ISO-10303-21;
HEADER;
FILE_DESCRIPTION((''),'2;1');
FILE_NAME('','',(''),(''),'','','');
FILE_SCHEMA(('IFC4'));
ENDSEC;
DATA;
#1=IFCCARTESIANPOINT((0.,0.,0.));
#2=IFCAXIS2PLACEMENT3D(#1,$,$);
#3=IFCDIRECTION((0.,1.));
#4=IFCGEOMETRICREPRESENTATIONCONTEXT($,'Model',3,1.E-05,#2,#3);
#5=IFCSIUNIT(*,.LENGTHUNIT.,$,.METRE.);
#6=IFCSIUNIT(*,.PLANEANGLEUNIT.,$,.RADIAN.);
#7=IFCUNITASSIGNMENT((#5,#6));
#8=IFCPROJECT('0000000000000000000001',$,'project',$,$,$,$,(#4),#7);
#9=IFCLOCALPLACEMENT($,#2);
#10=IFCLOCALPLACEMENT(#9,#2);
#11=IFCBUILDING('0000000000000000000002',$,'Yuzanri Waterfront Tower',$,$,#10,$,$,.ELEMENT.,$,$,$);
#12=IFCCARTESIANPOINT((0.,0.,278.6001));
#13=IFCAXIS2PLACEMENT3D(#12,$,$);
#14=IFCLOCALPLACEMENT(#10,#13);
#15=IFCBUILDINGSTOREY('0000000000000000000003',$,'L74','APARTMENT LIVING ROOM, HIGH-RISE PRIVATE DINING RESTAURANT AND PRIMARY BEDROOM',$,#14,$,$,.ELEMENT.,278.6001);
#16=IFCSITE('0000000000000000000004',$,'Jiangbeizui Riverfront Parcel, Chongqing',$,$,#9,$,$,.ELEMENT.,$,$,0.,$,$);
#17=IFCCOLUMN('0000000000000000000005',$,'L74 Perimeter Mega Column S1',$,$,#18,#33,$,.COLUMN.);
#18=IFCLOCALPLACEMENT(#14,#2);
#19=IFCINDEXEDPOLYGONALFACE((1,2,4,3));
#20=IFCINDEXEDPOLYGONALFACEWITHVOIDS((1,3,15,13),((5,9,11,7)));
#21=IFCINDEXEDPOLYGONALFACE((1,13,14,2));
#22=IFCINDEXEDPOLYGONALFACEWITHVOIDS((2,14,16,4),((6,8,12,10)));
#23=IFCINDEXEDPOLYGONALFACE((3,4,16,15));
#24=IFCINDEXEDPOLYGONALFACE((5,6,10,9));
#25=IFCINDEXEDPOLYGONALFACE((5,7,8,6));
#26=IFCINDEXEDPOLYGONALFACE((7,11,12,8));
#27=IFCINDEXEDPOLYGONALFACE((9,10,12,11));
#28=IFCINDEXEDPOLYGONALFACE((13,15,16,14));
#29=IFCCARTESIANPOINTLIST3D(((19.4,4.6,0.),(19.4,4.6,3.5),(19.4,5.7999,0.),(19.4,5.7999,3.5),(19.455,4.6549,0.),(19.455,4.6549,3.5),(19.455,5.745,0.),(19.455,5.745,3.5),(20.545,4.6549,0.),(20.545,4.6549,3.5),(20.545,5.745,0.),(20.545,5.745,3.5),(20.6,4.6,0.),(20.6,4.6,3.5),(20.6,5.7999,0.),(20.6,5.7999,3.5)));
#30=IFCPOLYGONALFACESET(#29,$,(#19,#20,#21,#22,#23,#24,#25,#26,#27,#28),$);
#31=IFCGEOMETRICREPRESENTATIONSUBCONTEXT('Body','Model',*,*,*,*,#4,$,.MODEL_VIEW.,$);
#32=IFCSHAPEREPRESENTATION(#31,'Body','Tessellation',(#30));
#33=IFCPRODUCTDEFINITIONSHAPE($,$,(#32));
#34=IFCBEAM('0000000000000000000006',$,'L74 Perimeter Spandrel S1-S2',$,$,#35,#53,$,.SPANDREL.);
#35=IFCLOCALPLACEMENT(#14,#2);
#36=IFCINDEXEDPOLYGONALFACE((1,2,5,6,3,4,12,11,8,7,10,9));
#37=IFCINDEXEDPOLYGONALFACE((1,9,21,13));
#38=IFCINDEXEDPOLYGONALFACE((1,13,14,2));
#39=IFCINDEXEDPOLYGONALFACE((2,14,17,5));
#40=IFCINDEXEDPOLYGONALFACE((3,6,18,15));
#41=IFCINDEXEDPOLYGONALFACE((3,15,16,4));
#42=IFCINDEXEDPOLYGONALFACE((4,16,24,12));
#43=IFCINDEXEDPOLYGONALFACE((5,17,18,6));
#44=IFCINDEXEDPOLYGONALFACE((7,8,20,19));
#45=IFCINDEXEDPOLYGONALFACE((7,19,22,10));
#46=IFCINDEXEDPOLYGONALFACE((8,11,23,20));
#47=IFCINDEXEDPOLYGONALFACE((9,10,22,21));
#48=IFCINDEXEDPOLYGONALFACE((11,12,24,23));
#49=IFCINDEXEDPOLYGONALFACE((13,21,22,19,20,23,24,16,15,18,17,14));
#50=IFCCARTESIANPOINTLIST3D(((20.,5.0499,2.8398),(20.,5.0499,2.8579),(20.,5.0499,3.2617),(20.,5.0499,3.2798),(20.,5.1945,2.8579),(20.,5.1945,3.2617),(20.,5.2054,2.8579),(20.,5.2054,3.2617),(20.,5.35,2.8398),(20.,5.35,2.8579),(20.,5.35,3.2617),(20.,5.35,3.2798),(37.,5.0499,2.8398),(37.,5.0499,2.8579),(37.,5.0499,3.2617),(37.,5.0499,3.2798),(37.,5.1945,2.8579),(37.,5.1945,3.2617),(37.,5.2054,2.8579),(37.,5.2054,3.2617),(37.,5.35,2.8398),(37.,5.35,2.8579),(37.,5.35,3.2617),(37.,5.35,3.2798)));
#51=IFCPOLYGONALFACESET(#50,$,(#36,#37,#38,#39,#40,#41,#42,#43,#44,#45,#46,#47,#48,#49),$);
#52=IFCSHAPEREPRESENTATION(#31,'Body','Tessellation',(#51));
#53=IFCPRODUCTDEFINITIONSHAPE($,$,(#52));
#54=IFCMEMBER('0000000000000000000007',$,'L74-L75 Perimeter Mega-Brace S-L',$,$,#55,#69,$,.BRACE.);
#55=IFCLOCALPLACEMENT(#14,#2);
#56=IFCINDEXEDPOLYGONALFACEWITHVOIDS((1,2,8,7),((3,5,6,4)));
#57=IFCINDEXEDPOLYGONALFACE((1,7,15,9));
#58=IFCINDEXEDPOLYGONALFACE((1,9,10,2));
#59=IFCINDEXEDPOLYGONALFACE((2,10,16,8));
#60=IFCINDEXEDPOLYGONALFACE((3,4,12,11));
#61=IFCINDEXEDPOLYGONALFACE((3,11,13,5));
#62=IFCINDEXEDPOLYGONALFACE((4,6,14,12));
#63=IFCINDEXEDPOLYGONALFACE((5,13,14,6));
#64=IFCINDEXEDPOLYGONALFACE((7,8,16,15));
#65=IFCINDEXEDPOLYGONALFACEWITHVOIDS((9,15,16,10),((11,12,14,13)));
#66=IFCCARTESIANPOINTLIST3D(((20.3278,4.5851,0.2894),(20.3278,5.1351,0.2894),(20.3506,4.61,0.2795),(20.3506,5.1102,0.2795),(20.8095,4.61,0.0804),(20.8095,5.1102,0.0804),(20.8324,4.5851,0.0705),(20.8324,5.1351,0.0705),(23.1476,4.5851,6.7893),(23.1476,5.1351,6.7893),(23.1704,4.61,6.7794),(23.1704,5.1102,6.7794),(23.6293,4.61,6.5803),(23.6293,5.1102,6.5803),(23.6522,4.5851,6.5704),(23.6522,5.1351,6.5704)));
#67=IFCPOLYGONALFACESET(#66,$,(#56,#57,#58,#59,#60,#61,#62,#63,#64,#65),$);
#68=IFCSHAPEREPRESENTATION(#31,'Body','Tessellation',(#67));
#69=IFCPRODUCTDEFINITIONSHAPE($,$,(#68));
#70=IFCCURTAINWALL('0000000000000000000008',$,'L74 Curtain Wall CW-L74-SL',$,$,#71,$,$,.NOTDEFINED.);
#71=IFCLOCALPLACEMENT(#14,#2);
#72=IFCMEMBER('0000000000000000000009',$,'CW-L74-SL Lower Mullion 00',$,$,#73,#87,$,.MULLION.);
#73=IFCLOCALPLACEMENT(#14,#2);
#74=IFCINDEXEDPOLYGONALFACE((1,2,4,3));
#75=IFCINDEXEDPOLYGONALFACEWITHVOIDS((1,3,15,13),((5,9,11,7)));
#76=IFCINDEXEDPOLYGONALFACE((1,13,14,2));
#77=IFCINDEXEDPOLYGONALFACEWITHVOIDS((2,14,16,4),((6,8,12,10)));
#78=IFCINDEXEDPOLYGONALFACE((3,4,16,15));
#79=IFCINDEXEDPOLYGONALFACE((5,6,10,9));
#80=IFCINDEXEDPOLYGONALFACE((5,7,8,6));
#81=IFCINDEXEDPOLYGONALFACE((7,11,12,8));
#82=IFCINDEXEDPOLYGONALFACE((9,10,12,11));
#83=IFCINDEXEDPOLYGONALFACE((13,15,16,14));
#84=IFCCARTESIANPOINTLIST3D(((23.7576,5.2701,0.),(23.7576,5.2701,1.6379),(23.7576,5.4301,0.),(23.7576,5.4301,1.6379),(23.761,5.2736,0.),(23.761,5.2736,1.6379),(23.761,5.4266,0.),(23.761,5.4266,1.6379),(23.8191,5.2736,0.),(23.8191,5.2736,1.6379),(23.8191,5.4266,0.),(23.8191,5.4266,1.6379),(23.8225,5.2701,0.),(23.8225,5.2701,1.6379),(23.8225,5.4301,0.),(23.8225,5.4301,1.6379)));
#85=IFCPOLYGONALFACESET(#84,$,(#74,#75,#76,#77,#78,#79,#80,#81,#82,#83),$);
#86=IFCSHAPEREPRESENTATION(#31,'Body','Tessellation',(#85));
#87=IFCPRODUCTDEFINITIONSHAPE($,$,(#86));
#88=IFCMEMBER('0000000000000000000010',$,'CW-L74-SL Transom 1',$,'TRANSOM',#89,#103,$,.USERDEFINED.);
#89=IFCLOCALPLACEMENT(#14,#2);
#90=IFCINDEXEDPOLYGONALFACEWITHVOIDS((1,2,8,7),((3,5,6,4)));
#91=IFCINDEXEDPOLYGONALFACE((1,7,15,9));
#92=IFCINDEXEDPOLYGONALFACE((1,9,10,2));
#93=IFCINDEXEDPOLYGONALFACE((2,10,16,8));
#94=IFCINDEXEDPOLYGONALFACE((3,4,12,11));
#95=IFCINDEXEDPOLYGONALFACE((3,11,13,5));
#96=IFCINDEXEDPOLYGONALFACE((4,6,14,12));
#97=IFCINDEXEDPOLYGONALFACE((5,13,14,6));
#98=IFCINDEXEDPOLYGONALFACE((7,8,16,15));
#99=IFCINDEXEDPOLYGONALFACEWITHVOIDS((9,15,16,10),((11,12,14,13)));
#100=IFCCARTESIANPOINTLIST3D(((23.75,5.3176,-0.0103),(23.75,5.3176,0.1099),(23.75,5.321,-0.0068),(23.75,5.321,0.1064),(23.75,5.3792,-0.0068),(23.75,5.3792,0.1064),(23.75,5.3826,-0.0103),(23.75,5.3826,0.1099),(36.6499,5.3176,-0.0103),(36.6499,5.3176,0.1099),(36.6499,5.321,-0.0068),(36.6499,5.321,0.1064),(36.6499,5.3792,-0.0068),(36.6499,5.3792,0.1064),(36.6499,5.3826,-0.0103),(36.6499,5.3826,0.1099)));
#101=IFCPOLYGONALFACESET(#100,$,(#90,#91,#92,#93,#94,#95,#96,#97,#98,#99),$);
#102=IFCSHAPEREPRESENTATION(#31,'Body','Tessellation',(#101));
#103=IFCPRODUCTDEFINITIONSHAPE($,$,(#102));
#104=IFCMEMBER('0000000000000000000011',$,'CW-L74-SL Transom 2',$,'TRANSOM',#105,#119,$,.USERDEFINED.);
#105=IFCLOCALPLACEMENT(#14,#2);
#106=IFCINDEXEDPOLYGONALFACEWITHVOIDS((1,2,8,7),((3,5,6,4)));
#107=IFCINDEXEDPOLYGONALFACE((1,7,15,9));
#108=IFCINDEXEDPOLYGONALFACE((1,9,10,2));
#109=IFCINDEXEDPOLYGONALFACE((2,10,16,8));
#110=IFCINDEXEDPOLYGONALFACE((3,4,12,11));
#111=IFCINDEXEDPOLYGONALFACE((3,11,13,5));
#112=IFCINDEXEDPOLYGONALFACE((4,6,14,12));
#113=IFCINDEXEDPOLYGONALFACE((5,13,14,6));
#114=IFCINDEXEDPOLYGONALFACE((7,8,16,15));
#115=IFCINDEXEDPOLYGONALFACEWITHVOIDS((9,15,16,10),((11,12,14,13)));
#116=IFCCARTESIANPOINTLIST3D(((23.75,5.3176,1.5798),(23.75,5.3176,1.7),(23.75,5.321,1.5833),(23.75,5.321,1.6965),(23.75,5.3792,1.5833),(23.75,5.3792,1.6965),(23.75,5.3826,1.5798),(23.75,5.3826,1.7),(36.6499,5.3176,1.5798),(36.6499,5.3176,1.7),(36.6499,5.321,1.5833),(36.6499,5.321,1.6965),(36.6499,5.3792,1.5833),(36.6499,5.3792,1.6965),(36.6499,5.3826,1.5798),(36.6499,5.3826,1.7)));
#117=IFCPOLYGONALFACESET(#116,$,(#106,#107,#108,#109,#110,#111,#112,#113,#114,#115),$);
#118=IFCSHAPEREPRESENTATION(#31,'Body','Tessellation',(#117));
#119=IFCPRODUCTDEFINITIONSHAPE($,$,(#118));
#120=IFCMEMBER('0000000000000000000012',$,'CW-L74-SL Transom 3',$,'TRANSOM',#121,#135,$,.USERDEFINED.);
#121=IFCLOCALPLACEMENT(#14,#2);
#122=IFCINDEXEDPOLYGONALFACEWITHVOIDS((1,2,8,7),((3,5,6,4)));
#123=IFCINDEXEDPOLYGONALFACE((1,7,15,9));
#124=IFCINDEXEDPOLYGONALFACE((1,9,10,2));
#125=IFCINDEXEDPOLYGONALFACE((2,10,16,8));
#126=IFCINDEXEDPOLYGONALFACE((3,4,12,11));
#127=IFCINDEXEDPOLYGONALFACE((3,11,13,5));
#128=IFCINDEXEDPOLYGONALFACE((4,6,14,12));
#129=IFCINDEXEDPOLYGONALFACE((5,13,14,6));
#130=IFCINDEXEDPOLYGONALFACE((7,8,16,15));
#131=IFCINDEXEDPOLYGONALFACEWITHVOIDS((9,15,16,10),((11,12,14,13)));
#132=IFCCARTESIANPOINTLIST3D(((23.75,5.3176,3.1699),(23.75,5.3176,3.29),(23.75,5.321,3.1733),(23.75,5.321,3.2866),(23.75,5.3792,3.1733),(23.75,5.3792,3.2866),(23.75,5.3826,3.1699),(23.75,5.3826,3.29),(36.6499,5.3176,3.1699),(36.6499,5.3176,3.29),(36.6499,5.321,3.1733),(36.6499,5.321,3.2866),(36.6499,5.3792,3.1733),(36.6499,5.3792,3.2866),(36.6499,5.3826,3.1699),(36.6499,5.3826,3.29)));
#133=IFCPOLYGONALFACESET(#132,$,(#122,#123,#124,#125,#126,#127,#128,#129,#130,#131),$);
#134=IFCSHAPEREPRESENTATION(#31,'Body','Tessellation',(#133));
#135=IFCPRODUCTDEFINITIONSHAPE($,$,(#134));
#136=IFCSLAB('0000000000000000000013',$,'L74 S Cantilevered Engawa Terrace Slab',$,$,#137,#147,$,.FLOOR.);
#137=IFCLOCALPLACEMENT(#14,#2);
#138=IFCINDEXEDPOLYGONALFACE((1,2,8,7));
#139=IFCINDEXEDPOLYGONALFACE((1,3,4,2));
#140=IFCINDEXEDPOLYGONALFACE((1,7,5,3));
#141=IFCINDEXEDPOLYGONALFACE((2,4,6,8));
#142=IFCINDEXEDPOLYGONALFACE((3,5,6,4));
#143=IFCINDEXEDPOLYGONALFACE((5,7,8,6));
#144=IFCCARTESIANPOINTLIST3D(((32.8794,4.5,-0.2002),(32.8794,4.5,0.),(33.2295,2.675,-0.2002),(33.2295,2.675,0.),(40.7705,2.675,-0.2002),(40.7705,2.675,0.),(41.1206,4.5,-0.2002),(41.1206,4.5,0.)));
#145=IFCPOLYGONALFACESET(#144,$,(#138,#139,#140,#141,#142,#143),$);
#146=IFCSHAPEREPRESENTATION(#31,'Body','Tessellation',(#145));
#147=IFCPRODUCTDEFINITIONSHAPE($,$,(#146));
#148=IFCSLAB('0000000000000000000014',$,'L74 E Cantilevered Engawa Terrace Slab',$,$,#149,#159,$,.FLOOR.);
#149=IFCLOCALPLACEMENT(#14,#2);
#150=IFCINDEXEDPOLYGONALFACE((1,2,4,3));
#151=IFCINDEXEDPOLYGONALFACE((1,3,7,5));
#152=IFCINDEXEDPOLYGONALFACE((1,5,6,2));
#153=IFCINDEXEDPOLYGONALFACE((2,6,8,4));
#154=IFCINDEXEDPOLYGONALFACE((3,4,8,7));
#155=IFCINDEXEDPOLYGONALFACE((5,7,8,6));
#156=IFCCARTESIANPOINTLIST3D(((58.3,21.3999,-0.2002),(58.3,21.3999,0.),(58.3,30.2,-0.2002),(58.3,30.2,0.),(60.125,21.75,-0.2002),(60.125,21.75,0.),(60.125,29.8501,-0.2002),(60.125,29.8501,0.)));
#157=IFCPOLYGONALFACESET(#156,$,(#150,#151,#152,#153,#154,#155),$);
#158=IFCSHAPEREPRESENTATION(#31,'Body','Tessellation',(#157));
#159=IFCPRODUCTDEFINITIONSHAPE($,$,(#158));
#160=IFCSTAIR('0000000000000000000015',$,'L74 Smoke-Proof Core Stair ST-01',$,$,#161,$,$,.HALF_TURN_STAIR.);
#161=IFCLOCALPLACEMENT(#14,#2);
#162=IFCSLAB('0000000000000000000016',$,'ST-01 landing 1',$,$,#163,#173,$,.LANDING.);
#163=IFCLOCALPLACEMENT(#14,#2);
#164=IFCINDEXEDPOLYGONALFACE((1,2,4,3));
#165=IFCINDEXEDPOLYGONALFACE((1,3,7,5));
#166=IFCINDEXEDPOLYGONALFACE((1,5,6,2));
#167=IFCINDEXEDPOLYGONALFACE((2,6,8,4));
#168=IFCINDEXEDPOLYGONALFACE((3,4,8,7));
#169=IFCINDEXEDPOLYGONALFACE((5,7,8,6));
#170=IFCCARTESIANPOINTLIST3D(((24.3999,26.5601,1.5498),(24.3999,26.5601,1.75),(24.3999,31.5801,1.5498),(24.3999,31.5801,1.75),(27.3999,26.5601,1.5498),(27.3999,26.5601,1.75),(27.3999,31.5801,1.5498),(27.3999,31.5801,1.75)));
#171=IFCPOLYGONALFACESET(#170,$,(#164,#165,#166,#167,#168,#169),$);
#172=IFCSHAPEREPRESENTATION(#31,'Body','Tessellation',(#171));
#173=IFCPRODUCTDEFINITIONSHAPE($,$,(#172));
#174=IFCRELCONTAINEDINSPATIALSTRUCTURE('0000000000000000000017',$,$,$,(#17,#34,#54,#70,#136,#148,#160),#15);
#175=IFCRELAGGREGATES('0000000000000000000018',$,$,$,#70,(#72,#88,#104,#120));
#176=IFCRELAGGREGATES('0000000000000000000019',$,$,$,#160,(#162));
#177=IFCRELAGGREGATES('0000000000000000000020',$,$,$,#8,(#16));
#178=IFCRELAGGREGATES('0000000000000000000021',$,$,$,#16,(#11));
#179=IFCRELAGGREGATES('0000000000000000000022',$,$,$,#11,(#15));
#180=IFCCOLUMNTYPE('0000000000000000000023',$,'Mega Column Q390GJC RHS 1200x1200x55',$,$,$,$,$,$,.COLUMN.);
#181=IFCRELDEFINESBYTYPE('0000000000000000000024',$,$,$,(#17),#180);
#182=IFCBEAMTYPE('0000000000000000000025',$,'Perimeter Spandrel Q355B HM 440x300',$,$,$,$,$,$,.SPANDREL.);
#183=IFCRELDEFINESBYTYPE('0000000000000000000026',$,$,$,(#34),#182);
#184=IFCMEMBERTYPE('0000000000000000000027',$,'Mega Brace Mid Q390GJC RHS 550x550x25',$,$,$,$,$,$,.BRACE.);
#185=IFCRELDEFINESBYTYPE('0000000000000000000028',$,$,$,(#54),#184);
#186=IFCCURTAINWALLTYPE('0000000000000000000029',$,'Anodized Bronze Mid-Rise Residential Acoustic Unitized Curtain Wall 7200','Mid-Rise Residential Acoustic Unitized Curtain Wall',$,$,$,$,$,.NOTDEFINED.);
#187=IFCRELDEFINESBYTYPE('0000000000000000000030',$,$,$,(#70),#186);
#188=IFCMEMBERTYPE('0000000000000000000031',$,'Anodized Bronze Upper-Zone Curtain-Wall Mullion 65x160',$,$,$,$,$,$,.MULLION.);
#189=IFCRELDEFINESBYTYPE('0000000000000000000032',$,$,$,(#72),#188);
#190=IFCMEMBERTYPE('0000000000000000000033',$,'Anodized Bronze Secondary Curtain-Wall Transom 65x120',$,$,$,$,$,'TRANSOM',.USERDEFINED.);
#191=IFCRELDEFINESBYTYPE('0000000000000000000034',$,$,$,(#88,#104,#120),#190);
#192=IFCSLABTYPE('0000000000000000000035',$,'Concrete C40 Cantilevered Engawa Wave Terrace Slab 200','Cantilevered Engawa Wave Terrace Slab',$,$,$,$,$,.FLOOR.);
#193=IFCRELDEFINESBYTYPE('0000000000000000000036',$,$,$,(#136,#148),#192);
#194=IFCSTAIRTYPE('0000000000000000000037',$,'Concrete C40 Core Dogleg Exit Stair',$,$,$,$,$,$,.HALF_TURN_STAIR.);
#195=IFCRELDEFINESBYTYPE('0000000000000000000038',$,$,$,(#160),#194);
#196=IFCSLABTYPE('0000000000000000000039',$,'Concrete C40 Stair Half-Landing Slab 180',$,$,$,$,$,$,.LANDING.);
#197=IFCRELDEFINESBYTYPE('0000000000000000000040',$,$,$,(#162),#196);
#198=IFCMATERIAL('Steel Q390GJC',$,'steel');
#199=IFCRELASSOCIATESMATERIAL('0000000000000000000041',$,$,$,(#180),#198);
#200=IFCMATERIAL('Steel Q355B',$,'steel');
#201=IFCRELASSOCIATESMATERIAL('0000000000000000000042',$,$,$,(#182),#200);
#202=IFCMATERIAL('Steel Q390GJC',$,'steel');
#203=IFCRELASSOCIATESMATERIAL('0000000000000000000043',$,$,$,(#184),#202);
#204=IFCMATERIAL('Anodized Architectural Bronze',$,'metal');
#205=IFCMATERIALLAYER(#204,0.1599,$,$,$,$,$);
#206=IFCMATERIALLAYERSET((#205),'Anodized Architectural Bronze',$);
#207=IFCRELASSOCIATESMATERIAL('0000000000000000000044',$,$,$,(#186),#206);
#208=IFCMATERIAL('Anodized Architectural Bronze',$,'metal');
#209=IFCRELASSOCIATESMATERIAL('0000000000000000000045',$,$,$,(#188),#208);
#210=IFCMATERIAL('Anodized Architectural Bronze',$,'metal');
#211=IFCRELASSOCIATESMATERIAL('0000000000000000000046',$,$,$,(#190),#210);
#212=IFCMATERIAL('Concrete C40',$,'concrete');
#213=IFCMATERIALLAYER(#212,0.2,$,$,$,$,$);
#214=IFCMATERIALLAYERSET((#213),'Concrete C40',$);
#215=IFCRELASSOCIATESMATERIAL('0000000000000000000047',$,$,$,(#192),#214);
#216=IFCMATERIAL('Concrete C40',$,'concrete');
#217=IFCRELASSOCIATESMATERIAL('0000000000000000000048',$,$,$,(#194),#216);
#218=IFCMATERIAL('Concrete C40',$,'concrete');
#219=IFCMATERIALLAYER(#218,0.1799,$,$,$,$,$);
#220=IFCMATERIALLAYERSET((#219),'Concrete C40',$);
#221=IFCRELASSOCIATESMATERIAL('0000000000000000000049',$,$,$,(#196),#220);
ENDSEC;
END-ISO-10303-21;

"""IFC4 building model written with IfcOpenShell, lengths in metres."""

from ifc_helpers import new_model, si_unit, direction, frame, origin, origin_2d, place, context, subcontext, project, spatial, polyline, hollow_rectangle, i_section, outline, extrude, source, transform, mapped, material, layer, layer_set, material_profile, profile_set, type_object, element, aggregate, save


model = new_model("IFC4")

# Units and contexts
model_context = context("Model", 3, precision=1e-05, world=origin(), true_north=direction((0.0, 1.0)))
body_context = subcontext(model_context, "Body", "Model", "MODEL_VIEW")
ifc_project = project(units=[si_unit("LENGTHUNIT", "METRE"), si_unit("PLANEANGLEUNIT", "RADIAN")], contexts=[model_context])

# Site, building, storey
site_placement = place(None, origin())
site = spatial("IfcSite", under=ifc_project, at=site_placement, Name="Jiangbeizui Riverfront Parcel, Chongqing", CompositionType="ELEMENT", RefElevation=0.0)
building_placement = place(site_placement, origin())
building = spatial("IfcBuilding", under=site, at=building_placement, Name="Yuzanri Waterfront Tower", CompositionType="ELEMENT")
storey_placement = place(building_placement, frame((0.0, 0.0, 278.6001)))
storey = spatial("IfcBuildingStorey", under=building, at=storey_placement, Name="L74", Description="APARTMENT LIVING ROOM, HIGH-RISE PRIVATE DINING RESTAURANT AND PRIMARY BEDROOM", CompositionType="ELEMENT", Elevation=278.6001)

# Column
ifc_material_1 = material(Name="Steel Q390GJC", Category="steel")
ifc_material_profile_1 = material_profile(ifc_material_1, hollow_rectangle(XDim=1.2, YDim=1.2, WallThickness=0.0549, at=origin_2d()), Name="RHS 1200x1200x55")
ifc_profile_set_1 = profile_set([ifc_material_profile_1], Name="Steel Q390GJC")
column_type = type_object("IfcColumnType", Name="Mega Column Q390GJC RHS 1200x1200x55", PredefinedType="COLUMN", material=ifc_profile_set_1)
shared_shape_1 = source(origin(), body_context, "Body", "SweptSolid", [
    extrude(hollow_rectangle(XDim=1.2, YDim=1.2, WallThickness=0.0549, at=origin_2d()), origin(), (0.0, 0.0, 1.0), 3.5),
])
column_placement = place(storey_placement, frame((20.0, 5.2, 0.0), z_axis=(0.0, 0.0, 1.0), x_axis=(1.0, 0.0, 0.0)))
element("IfcColumn", 1, at=column_placement, inside=storey, type_object=column_type, Name="L74 Perimeter Mega Column S1", PredefinedType="COLUMN", context=body_context, shape_type="MappedRepresentation", body=[
    mapped(shared_shape_1, transform((0.0, 0.0, 0.0), scale=1.0)),
])

# Beam
ifc_material_2 = material(Name="Steel Q355B", Category="steel")
ifc_material_profile_2 = material_profile(ifc_material_2, i_section(OverallWidth=0.3, OverallDepth=0.4399, WebThickness=0.011, FlangeThickness=0.0181, at=origin_2d()), Name="HM 440x300x11x18")
ifc_profile_set_2 = profile_set([ifc_material_profile_2], Name="Steel Q355B")
beam_type = type_object("IfcBeamType", Name="Perimeter Spandrel Q355B HM 440x300", PredefinedType="SPANDREL", material=ifc_profile_set_2)
shared_shape_2 = source(origin(), body_context, "Body", "SweptSolid", [
    extrude(i_section(OverallWidth=0.3, OverallDepth=0.4399, WebThickness=0.011, FlangeThickness=0.0181, at=origin_2d()), origin(), (0.0, 0.0, 1.0), 17.0),
])
beam_placement = place(storey_placement, frame((20.0, 5.2, 3.0598), z_axis=(1.0, 0.0, 0.0), x_axis=(0.0, 1.0, 0.0)))
element("IfcBeam", 2, at=beam_placement, inside=storey, type_object=beam_type, Name="L74 Perimeter Spandrel S1-S2", PredefinedType="SPANDREL", context=body_context, shape_type="MappedRepresentation", body=[
    mapped(shared_shape_2, transform((0.0, 0.0, 0.0), scale=1.0)),
])

# Member
ifc_material_3 = material(Name="Steel Q390GJC", Category="steel")
ifc_material_profile_3 = material_profile(ifc_material_3, hollow_rectangle(XDim=0.55, YDim=0.55, WallThickness=0.0249, at=origin_2d()), Name="RHS 550x550x25")
ifc_profile_set_3 = profile_set([ifc_material_profile_3], Name="Steel Q390GJC")
member_type_1 = type_object("IfcMemberType", Name="Mega Brace Mid Q390GJC RHS 550x550x25", PredefinedType="BRACE", material=ifc_profile_set_3)
shared_shape_3 = source(origin(), body_context, "Body", "SweptSolid", [
    extrude(hollow_rectangle(XDim=0.55, YDim=0.55, WallThickness=0.0249, at=origin_2d()), origin(), (0.0, 0.0, 1.0), 7.0852),
])
member_1_placement = place(storey_placement, frame((20.5801, 4.8601, 0.1799), z_axis=(0.397983, 0.0, 0.917393), x_axis=(0.0, 1.0, 0.0)))
element("IfcMember", 3, at=member_1_placement, inside=storey, type_object=member_type_1, Name="L74-L75 Perimeter Mega-Brace S-L", PredefinedType="BRACE", context=body_context, shape_type="MappedRepresentation", body=[
    mapped(shared_shape_3, transform((0.0, 0.0, 0.0), scale=1.0)),
])

# Curtain wall, members
ifc_material_4 = material(Name="Anodized Architectural Bronze", Category="metal")
ifc_layer_1 = layer(ifc_material_4, 0.1599)
ifc_layer_set_1 = layer_set([ifc_layer_1], Name="Anodized Architectural Bronze")
curtain_wall_type = type_object("IfcCurtainWallType", Name="Anodized Bronze Mid-Rise Residential Acoustic Unitized Curtain Wall 7200", Description="Mid-Rise Residential Acoustic Unitized Curtain Wall", PredefinedType="NOTDEFINED", material=ifc_layer_set_1)
curtain_wall_placement = place(storey_placement, origin())
curtain_wall = element("IfcCurtainWall", 4, at=curtain_wall_placement, inside=storey, type_object=curtain_wall_type, Name="L74 Curtain Wall CW-L74-SL", PredefinedType="NOTDEFINED")
ifc_material_5 = material(Name="Anodized Architectural Bronze", Category="metal")
ifc_material_profile_4 = material_profile(ifc_material_5, hollow_rectangle(XDim=0.0649, YDim=0.1599, WallThickness=0.0034, at=origin_2d()), Name="CWM 65x160")
ifc_profile_set_4 = profile_set([ifc_material_profile_4], Name="Anodized Architectural Bronze")
member_type_2 = type_object("IfcMemberType", Name="Anodized Bronze Upper-Zone Curtain-Wall Mullion 65x160", PredefinedType="MULLION", material=ifc_profile_set_4)
shared_shape_4 = source(origin(), body_context, "Body", "SweptSolid", [
    extrude(hollow_rectangle(XDim=0.0649, YDim=0.1599, WallThickness=0.0034, at=origin_2d()), origin(), (0.0, 0.0, 1.0), 1.6379),
])
member_2_placement = place(storey_placement, frame((23.79, 5.3501, 0.0), z_axis=(0.0, 0.0, 1.0), x_axis=(1.0, 0.0, 0.0)))
member_2 = element("IfcMember", 5, at=member_2_placement, type_object=member_type_2, Name="CW-L74-SL Lower Mullion 00", PredefinedType="MULLION", context=body_context, shape_type="MappedRepresentation", body=[
    mapped(shared_shape_4, transform((0.0, 0.0, 0.0), scale=1.0)),
])
ifc_material_6 = material(Name="Anodized Architectural Bronze", Category="metal")
ifc_material_profile_5 = material_profile(ifc_material_6, hollow_rectangle(XDim=0.0649, YDim=0.1201, WallThickness=0.0034, at=origin_2d()), Name="CWT 65x120")
ifc_profile_set_5 = profile_set([ifc_material_profile_5], Name="Anodized Architectural Bronze")
member_type_3 = type_object("IfcMemberType", Name="Anodized Bronze Secondary Curtain-Wall Transom 65x120", ElementType="TRANSOM", PredefinedType="USERDEFINED", material=ifc_profile_set_5)
shared_shape_5 = source(origin(), body_context, "Body", "SweptSolid", [
    extrude(hollow_rectangle(XDim=0.0649, YDim=0.1201, WallThickness=0.0034, at=origin_2d()), origin(), (0.0, 0.0, 1.0), 12.8999),
])
member_3_placement = place(storey_placement, frame((23.75, 5.3501, 0.0498), z_axis=(1.0, 0.0, 0.0), x_axis=(0.0, 1.0, 0.0)))
member_3 = element("IfcMember", 6, at=member_3_placement, type_object=member_type_3, Name="CW-L74-SL Transom 1", ObjectType="TRANSOM", PredefinedType="USERDEFINED", context=body_context, shape_type="MappedRepresentation", body=[
    mapped(shared_shape_5, transform((0.0, 0.0, 0.0), scale=1.0)),
])
member_4_placement = place(storey_placement, frame((23.75, 5.3501, 1.6399), z_axis=(1.0, 0.0, 0.0), x_axis=(0.0, 1.0, 0.0)))
member_4 = element("IfcMember", 7, at=member_4_placement, type_object=member_type_3, Name="CW-L74-SL Transom 2", ObjectType="TRANSOM", PredefinedType="USERDEFINED", context=body_context, shape_type="MappedRepresentation", body=[
    mapped(shared_shape_5, transform((0.0, 0.0, 0.0), scale=1.0)),
])
member_5_placement = place(storey_placement, frame((23.75, 5.3501, 3.23), z_axis=(1.0, 0.0, 0.0), x_axis=(0.0, 1.0, 0.0)))
member_5 = element("IfcMember", 8, at=member_5_placement, type_object=member_type_3, Name="CW-L74-SL Transom 3", ObjectType="TRANSOM", PredefinedType="USERDEFINED", context=body_context, shape_type="MappedRepresentation", body=[
    mapped(shared_shape_5, transform((0.0, 0.0, 0.0), scale=1.0)),
])
aggregate(curtain_wall, [member_2, member_3, member_4, member_5])

# Slabs
ifc_material_7 = material(Name="Concrete C40", Category="concrete")
ifc_layer_2 = layer(ifc_material_7, 0.2)
ifc_layer_set_2 = layer_set([ifc_layer_2], Name="Concrete C40")
slab_type_1 = type_object("IfcSlabType", Name="Concrete C40 Cantilevered Engawa Wave Terrace Slab 200", Description="Cantilevered Engawa Wave Terrace Slab", PredefinedType="FLOOR", material=ifc_layer_set_2)
slab_1_placement = place(storey_placement, frame((0.0, 0.0, -0.2002)))
element("IfcSlab", 9, at=slab_1_placement, inside=storey, type_object=slab_type_1, Name="L74 S Cantilevered Engawa Terrace Slab", PredefinedType="FLOOR", context=body_context, shape_type="SweptSolid", body=[
    extrude(outline(polyline([(32.8794, 4.5), (41.1206, 4.5), (40.7705, 2.675), (33.2295, 2.675), (32.8794, 4.5)])), origin(), (0.0, 0.0, 1.0), 0.2002),
])
slab_2_placement = place(storey_placement, frame((0.0, 0.0, -0.2002)))
element("IfcSlab", 10, at=slab_2_placement, inside=storey, type_object=slab_type_1, Name="L74 E Cantilevered Engawa Terrace Slab", PredefinedType="FLOOR", context=body_context, shape_type="SweptSolid", body=[
    extrude(outline(polyline([(58.3, 21.3999), (60.125, 21.75), (60.125, 29.8501), (58.3, 30.2), (58.3, 21.3999)])), origin(), (0.0, 0.0, 1.0), 0.2002),
])

# Stair, slab
ifc_material_8 = material(Name="Concrete C40", Category="concrete")
stair_type = type_object("IfcStairType", Name="Concrete C40 Core Dogleg Exit Stair", PredefinedType="HALF_TURN_STAIR", material=ifc_material_8)
stair_1_placement = place(storey_placement, origin())
stair_1 = element("IfcStair", 11, at=stair_1_placement, inside=storey, type_object=stair_type, Name="L74 Smoke-Proof Core Stair ST-01", PredefinedType="HALF_TURN_STAIR")
ifc_material_9 = material(Name="Concrete C40", Category="concrete")
ifc_layer_3 = layer(ifc_material_9, 0.1799)
ifc_layer_set_3 = layer_set([ifc_layer_3], Name="Concrete C40")
slab_type_2 = type_object("IfcSlabType", Name="Concrete C40 Stair Half-Landing Slab 180", PredefinedType="LANDING", material=ifc_layer_set_3)
slab_3_placement = place(storey_placement, frame((0.0, 0.0, 1.5498)))
slab_3 = element("IfcSlab", 12, at=slab_3_placement, type_object=slab_type_2, Name="ST-01 landing 1", PredefinedType="LANDING", context=body_context, shape_type="SweptSolid", body=[
    extrude(outline(polyline([(27.3999, 26.5601), (27.3999, 31.5801), (24.3999, 31.5801), (24.3999, 26.5601), (27.3999, 26.5601)])), origin(), (0.0, 0.0, 1.0), 0.2002),
])
aggregate(stair_1, [slab_3])

save(model, "model.ifc")
